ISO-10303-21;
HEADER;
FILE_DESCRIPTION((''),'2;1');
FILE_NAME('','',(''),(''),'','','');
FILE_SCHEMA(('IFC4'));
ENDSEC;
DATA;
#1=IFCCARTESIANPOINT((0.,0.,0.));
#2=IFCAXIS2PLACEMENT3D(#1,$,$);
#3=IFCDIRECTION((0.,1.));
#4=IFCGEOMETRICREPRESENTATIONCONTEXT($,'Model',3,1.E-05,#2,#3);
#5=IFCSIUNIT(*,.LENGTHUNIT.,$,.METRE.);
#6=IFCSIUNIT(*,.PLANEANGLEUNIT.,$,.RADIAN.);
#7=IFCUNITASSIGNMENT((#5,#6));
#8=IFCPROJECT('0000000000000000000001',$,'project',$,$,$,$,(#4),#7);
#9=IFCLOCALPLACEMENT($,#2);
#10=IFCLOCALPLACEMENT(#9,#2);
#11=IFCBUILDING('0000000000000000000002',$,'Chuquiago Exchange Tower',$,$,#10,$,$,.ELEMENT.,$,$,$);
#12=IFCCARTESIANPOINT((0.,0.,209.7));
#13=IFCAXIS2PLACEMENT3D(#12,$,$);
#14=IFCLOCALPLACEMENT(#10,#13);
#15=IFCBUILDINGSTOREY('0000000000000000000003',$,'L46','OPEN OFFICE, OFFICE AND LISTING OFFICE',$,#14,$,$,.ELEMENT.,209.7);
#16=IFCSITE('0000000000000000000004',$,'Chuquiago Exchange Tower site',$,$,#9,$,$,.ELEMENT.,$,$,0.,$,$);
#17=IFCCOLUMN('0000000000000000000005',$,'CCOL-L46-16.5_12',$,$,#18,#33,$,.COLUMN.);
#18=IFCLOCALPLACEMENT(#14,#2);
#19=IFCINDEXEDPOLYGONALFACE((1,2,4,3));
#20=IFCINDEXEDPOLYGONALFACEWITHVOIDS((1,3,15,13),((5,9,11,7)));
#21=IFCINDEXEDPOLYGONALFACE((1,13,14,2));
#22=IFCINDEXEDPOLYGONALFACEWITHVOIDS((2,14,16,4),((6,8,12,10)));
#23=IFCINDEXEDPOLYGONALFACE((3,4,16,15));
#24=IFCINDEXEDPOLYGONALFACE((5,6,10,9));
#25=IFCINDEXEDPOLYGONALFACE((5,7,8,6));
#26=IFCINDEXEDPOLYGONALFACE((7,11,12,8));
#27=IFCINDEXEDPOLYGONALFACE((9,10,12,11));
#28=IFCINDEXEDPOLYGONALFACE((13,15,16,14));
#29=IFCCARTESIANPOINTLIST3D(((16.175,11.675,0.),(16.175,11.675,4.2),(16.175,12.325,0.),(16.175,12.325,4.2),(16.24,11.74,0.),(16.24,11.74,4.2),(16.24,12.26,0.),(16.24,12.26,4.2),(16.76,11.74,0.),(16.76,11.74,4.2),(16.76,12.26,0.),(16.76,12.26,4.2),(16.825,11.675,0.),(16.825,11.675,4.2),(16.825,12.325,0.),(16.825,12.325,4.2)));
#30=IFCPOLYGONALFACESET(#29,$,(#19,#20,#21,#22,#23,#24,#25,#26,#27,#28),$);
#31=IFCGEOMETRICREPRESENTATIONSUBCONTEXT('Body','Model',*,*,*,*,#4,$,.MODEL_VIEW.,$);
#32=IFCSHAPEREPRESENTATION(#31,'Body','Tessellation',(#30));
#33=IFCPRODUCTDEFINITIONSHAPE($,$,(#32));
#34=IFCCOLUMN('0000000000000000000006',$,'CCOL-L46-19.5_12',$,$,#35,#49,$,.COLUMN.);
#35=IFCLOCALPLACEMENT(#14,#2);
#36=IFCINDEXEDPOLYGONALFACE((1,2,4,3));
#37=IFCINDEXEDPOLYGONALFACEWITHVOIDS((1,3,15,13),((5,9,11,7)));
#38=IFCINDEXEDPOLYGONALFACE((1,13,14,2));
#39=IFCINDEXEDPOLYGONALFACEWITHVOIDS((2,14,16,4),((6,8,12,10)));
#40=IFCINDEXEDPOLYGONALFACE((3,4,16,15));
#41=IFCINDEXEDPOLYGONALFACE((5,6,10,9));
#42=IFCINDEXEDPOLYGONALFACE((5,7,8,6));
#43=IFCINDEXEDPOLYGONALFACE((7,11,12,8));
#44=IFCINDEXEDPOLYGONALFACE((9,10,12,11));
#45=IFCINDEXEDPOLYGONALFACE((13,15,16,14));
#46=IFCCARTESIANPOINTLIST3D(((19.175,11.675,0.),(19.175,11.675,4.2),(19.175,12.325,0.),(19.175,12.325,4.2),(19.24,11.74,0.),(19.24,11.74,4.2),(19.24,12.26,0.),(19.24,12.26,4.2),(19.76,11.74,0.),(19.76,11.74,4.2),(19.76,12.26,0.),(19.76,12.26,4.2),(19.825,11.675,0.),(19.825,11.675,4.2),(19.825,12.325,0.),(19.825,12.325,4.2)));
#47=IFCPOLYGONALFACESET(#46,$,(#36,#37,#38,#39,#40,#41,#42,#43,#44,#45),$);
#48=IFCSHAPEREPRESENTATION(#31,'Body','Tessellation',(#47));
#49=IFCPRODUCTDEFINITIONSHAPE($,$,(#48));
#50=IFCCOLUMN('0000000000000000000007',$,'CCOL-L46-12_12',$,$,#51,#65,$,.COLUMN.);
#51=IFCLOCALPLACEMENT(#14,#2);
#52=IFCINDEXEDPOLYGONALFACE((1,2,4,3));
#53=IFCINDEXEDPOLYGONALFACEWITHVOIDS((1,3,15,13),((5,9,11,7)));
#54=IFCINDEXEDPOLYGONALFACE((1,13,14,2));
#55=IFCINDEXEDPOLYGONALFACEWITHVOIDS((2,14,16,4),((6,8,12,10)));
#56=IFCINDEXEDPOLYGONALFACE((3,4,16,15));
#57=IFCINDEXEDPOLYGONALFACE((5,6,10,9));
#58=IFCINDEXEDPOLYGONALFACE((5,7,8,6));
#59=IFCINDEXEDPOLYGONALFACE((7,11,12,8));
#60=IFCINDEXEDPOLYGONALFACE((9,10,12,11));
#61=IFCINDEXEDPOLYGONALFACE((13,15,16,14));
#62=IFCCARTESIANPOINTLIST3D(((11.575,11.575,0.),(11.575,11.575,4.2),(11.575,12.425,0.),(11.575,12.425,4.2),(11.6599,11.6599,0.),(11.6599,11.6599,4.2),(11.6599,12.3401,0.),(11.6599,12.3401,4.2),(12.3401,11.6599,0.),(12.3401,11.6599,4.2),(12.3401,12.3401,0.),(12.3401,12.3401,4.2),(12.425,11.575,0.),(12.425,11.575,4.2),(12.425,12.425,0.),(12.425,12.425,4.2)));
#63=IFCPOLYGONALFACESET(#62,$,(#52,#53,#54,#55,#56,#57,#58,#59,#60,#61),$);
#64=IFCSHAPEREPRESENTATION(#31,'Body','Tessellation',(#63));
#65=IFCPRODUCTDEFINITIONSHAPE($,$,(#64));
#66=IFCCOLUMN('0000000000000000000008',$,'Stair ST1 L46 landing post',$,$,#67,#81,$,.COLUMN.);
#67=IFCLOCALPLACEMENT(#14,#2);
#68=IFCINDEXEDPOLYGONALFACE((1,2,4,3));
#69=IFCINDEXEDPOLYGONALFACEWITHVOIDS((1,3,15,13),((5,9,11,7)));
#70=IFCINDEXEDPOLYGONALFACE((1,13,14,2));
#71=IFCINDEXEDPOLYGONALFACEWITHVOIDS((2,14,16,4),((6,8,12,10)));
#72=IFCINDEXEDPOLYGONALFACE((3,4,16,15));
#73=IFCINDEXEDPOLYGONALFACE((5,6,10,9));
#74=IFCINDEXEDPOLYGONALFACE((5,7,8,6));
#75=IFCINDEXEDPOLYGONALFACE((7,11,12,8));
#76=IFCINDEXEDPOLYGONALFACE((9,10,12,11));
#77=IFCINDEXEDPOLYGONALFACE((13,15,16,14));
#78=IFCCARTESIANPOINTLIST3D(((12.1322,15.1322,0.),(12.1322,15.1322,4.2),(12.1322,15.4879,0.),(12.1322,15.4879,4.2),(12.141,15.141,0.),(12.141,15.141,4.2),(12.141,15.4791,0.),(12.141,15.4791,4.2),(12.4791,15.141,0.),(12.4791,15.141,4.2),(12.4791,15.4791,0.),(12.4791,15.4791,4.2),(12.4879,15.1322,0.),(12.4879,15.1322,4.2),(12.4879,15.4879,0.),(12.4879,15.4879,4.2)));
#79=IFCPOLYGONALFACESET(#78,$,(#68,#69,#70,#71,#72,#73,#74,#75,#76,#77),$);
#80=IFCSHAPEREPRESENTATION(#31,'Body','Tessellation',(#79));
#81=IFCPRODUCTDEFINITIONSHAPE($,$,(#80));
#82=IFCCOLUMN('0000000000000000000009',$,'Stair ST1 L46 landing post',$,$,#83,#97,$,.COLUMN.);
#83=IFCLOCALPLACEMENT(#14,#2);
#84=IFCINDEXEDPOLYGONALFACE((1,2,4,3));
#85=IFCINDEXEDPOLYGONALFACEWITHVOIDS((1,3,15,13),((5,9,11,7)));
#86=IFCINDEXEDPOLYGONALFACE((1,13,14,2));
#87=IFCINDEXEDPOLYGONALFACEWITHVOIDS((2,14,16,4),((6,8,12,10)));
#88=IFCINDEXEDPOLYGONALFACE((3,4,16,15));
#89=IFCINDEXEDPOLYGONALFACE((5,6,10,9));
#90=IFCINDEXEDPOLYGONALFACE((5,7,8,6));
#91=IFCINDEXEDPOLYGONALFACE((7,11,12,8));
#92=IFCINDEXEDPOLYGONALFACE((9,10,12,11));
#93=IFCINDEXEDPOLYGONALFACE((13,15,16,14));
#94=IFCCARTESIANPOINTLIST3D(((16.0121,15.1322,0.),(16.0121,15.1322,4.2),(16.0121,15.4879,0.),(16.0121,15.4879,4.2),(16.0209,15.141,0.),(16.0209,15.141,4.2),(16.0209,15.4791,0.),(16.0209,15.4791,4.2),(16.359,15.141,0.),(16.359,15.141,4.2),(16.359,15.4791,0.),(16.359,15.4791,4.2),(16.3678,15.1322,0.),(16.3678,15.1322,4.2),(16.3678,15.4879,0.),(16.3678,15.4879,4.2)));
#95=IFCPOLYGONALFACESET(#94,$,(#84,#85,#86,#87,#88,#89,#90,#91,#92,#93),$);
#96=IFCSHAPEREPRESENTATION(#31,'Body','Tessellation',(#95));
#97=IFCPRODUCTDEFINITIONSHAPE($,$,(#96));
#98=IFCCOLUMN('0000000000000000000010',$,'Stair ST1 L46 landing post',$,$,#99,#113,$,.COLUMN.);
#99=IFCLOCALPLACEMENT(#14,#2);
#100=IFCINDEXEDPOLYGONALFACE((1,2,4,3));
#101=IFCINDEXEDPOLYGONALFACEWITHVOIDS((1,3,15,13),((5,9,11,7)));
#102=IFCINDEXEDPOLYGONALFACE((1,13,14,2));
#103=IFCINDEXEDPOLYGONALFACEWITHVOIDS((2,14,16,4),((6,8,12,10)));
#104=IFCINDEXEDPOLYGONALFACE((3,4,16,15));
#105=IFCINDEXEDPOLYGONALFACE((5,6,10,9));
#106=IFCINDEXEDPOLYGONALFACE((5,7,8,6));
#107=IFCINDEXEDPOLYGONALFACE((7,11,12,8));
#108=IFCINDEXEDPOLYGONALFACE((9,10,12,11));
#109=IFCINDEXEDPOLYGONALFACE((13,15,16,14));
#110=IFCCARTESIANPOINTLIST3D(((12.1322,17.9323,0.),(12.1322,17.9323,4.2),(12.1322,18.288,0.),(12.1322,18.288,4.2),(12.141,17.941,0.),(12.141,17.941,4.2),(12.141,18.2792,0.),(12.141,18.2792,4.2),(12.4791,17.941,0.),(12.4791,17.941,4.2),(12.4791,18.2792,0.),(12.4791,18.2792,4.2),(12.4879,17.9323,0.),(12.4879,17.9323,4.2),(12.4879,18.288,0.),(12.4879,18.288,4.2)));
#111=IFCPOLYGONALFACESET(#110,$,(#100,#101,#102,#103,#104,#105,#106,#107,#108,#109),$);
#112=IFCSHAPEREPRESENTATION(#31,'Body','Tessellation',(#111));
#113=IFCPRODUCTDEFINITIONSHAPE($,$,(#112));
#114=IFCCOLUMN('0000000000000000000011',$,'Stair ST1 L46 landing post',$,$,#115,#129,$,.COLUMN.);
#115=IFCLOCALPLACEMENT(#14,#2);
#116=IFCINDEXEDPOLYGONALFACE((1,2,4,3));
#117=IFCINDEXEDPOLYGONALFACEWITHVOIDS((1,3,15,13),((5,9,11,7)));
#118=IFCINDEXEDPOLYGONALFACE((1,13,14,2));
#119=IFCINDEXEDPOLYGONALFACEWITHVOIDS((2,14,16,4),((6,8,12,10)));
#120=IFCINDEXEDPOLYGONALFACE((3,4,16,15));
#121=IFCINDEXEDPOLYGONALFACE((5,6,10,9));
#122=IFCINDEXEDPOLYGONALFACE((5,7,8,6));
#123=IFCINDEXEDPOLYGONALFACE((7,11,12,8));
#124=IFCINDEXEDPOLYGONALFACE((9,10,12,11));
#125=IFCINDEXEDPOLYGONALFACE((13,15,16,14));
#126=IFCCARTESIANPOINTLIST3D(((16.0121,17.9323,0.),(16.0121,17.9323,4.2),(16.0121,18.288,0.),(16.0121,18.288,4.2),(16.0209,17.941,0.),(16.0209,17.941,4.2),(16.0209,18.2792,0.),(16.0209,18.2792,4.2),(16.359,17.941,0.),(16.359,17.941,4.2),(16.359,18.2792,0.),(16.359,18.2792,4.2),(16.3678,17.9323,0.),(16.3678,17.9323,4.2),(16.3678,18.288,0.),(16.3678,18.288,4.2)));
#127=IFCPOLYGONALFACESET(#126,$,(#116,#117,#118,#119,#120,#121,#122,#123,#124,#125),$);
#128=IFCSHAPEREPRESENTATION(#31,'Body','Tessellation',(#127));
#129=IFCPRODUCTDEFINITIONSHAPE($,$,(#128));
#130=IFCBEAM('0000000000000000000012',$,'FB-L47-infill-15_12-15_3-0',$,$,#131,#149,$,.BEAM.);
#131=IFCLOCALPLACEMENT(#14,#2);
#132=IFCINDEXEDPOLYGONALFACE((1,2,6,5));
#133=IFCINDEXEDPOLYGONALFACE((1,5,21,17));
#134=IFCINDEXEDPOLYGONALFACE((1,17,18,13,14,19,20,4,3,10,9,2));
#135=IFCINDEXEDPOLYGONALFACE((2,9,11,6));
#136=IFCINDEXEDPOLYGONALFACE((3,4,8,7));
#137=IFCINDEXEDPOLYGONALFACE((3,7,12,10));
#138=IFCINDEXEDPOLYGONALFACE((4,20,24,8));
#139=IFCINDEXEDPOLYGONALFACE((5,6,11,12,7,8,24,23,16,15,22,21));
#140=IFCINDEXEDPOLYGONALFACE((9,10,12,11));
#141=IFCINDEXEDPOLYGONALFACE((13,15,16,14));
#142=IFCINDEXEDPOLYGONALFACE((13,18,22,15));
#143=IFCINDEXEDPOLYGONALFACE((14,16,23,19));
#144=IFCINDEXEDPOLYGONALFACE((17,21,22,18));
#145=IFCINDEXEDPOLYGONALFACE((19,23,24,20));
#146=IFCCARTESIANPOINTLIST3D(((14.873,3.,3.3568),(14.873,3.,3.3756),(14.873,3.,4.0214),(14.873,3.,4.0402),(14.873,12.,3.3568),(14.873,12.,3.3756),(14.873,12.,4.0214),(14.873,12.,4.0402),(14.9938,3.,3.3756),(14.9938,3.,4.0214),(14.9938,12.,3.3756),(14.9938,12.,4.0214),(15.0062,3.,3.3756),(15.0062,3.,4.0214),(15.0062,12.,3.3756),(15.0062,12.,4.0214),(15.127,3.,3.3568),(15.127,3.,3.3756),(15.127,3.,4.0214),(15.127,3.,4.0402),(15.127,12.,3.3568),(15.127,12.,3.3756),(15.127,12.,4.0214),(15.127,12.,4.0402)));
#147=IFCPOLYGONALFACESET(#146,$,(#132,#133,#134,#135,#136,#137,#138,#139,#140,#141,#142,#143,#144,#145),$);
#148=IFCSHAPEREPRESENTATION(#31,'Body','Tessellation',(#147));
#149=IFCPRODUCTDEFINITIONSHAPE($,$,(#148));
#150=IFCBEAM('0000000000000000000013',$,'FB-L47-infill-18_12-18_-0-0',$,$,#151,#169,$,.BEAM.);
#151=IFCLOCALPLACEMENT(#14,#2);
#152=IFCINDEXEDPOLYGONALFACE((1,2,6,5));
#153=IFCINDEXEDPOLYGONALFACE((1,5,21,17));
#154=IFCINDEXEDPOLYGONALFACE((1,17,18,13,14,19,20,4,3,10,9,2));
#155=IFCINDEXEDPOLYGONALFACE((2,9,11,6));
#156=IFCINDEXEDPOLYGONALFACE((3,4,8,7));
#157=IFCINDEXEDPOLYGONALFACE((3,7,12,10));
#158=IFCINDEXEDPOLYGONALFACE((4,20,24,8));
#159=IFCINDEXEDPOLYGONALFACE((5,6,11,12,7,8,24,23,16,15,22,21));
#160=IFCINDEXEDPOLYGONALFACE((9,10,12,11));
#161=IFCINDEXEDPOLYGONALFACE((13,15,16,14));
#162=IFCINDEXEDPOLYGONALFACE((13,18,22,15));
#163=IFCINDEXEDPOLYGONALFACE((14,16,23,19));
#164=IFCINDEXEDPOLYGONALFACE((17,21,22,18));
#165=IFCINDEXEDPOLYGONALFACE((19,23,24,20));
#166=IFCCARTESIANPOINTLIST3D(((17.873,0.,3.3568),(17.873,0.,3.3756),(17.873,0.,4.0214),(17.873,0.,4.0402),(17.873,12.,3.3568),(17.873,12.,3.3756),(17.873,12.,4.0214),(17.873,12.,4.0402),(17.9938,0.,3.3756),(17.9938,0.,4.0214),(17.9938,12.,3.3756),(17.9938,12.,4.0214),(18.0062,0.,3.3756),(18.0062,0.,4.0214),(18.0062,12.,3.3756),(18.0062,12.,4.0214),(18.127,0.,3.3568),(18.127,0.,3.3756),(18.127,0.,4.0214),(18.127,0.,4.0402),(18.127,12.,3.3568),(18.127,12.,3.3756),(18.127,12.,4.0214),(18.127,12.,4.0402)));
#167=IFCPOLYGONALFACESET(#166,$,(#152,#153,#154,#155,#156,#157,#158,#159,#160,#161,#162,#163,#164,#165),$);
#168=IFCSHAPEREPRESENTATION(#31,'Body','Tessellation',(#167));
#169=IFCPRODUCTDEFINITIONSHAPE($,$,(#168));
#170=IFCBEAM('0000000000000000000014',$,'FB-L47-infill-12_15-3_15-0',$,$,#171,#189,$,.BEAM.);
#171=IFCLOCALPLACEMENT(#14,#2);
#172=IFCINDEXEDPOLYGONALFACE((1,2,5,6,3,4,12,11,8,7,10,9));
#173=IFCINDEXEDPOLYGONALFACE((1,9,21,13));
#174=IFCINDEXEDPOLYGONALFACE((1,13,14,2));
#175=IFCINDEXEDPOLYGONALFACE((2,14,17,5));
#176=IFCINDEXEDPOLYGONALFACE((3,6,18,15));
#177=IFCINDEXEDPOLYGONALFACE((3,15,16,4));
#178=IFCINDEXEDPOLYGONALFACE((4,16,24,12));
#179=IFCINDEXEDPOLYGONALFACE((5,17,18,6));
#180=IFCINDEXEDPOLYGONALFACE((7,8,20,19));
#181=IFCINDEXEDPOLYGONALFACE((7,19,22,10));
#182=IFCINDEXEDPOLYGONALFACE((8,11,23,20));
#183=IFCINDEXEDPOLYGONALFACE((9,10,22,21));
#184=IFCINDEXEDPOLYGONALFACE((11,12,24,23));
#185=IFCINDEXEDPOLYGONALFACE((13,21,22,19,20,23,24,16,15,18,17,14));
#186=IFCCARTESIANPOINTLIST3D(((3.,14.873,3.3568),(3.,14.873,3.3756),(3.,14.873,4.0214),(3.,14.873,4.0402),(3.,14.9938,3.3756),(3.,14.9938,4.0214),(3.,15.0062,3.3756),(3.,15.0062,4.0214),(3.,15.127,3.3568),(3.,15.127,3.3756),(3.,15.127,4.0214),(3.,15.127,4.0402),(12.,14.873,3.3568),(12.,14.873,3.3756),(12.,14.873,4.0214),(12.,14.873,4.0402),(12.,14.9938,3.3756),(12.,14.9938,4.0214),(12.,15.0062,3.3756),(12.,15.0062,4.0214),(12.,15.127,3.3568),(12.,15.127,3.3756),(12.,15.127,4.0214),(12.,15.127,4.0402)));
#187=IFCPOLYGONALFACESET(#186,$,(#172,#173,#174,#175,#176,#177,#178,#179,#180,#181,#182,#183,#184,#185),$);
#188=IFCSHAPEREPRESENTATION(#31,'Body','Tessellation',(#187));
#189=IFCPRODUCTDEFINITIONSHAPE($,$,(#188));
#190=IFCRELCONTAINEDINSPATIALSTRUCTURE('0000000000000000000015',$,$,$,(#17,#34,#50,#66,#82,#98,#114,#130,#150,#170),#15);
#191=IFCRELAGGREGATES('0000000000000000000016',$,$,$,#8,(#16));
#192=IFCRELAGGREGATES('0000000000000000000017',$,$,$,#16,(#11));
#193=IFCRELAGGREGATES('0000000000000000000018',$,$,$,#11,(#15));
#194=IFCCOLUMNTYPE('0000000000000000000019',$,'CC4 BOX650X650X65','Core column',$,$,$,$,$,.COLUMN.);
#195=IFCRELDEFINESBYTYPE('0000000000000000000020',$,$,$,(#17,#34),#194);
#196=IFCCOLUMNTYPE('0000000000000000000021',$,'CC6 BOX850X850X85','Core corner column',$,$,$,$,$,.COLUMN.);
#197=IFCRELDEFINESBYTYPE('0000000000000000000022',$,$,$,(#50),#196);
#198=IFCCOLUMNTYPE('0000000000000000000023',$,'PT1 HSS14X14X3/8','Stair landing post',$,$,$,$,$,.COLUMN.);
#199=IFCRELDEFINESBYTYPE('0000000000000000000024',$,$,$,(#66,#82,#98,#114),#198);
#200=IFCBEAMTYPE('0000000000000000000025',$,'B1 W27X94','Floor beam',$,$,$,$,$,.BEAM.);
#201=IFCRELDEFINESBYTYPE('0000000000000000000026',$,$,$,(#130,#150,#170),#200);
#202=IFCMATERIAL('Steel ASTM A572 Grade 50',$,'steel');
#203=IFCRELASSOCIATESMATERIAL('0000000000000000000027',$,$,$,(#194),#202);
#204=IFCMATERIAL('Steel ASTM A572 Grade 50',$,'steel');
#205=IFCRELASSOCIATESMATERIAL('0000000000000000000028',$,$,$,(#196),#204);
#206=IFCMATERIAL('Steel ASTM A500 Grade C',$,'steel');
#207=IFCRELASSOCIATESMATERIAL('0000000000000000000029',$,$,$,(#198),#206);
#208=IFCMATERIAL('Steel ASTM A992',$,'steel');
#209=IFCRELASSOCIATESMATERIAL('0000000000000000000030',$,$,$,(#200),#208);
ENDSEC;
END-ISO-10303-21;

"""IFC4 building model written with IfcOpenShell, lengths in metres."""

from ifc_helpers import new_model, si_unit, direction, frame, origin, origin_2d, place, context, subcontext, project, spatial, hollow_rectangle, i_section, extrude, material, material_profile, profile_set, type_object, element, save


model = new_model("IFC4")

# Units and contexts
model_context = context("Model", 3, precision=1e-05, world=origin(), true_north=direction((0.0, 1.0)))
body_context = subcontext(model_context, "Body", "Model", "MODEL_VIEW")
ifc_project = project(units=[si_unit("LENGTHUNIT", "METRE"), si_unit("PLANEANGLEUNIT", "RADIAN")], contexts=[model_context])

# Site, building, storey
site_placement = place(None, origin())
site = spatial("IfcSite", under=ifc_project, at=site_placement, Name="Chuquiago Exchange Tower site", CompositionType="ELEMENT", RefElevation=0.0)
building_placement = place(site_placement, origin())
building = spatial("IfcBuilding", under=site, at=building_placement, Name="Chuquiago Exchange Tower", CompositionType="ELEMENT")
storey_placement = place(building_placement, frame((0.0, 0.0, 209.7)))
storey = spatial("IfcBuildingStorey", under=building, at=storey_placement, Name="L46", Description="OPEN OFFICE, OFFICE AND LISTING OFFICE", CompositionType="ELEMENT", Elevation=209.7)

# Columns
ifc_material_1 = material(Name="Steel ASTM A572 Grade 50", Category="steel")
ifc_material_profile_1 = material_profile(ifc_material_1, hollow_rectangle(XDim=0.6499, YDim=0.6499, WallThickness=0.0649, at=origin_2d()), Name="BOX650X650X65")
ifc_profile_set_1 = profile_set([ifc_material_profile_1], Name="Steel ASTM A572 Grade 50")
column_type_1 = type_object("IfcColumnType", Name="CC4 BOX650X650X65", Description="Core column", PredefinedType="COLUMN", material=ifc_profile_set_1)
for number, where, z_axis, x_axis, name in (
    (1, (16.5, 12.0, 0.0), (0.0, 0.0, 1.0), (1.0, 0.0, 0.0), "CCOL-L46-16.5_12"),
    (2, (19.5, 12.0, 0.0), (0.0, 0.0, 1.0), (1.0, 0.0, 0.0), "CCOL-L46-19.5_12"),
):
    element("IfcColumn", number, at=place(storey_placement, frame(where, z_axis=z_axis, x_axis=x_axis)), inside=storey, type_object=column_type_1, Name=name, PredefinedType="COLUMN", context=body_context, shape_type="SweptSolid", body=[
        extrude(hollow_rectangle(XDim=0.6499, YDim=0.6499, WallThickness=0.0649, at=origin_2d()), origin(), (0.0, 0.0, 1.0), 4.2),
    ])
ifc_material_2 = material(Name="Steel ASTM A572 Grade 50", Category="steel")
ifc_material_profile_2 = material_profile(ifc_material_2, hollow_rectangle(XDim=0.8501, YDim=0.8501, WallThickness=0.085, at=origin_2d()), Name="BOX850X850X85")
ifc_profile_set_2 = profile_set([ifc_material_profile_2], Name="Steel ASTM A572 Grade 50")
column_type_2 = type_object("IfcColumnType", Name="CC6 BOX850X850X85", Description="Core corner column", PredefinedType="COLUMN", material=ifc_profile_set_2)
column_placement = place(storey_placement, frame((12.0, 12.0, 0.0), z_axis=(0.0, 0.0, 1.0), x_axis=(1.0, 0.0, 0.0)))
element("IfcColumn", 3, at=column_placement, inside=storey, type_object=column_type_2, Name="CCOL-L46-12_12", PredefinedType="COLUMN", context=body_context, shape_type="SweptSolid", body=[
    extrude(hollow_rectangle(XDim=0.8501, YDim=0.8501, WallThickness=0.085, at=origin_2d()), origin(), (0.0, 0.0, 1.0), 4.2),
])
ifc_material_3 = material(Name="Steel ASTM A500 Grade C", Category="steel")
ifc_material_profile_3 = material_profile(ifc_material_3, hollow_rectangle(XDim=0.3557, YDim=0.3557, WallThickness=0.0088, at=origin_2d()), Name="HSS14X14X3/8")
ifc_profile_set_3 = profile_set([ifc_material_profile_3], Name="Steel ASTM A500 Grade C")
column_type_3 = type_object("IfcColumnType", Name="PT1 HSS14X14X3/8", Description="Stair landing post", PredefinedType="COLUMN", material=ifc_profile_set_3)
for number, where, z_axis, x_axis, name in (
    (4, (12.3101, 15.3101, 0.0), (0.0, 0.0, 1.0), (1.0, 0.0, 0.0), "Stair ST1 L46 landing post"),
    (5, (16.1899, 15.3101, 0.0), (0.0, 0.0, 1.0), (1.0, 0.0, 0.0), "Stair ST1 L46 landing post"),
    (6, (12.3101, 18.1101, 0.0), (0.0, 0.0, 1.0), (1.0, 0.0, 0.0), "Stair ST1 L46 landing post"),
    (7, (16.1899, 18.1101, 0.0), (0.0, 0.0, 1.0), (1.0, 0.0, 0.0), "Stair ST1 L46 landing post"),
):
    element("IfcColumn", number, at=place(storey_placement, frame(where, z_axis=z_axis, x_axis=x_axis)), inside=storey, type_object=column_type_3, Name=name, PredefinedType="COLUMN", context=body_context, shape_type="SweptSolid", body=[
        extrude(hollow_rectangle(XDim=0.3557, YDim=0.3557, WallThickness=0.0088, at=origin_2d()), origin(), (0.0, 0.0, 1.0), 4.2),
    ])

# Beams
ifc_material_4 = material(Name="Steel ASTM A992", Category="steel")
ifc_material_profile_4 = material_profile(ifc_material_4, i_section(OverallWidth=0.2539, OverallDepth=0.6833, WebThickness=0.0125, FlangeThickness=0.0188, at=origin_2d()), Name="W27X94")
ifc_profile_set_4 = profile_set([ifc_material_profile_4], Name="Steel ASTM A992")
beam_type_1 = type_object("IfcBeamType", Name="B1 W27X94", Description="Floor beam", PredefinedType="BEAM", material=ifc_profile_set_4)
beam_1_placement = place(storey_placement, frame((15.0, 12.0, 3.6985), z_axis=(0.0, -1.0, 0.0), x_axis=(1.0, 0.0, 0.0)))
element("IfcBeam", 8, at=beam_1_placement, inside=storey, type_object=beam_type_1, Name="FB-L47-infill-15_12-15_3-0", PredefinedType="BEAM", context=body_context, shape_type="SweptSolid", body=[
    extrude(i_section(OverallWidth=0.2539, OverallDepth=0.6833, WebThickness=0.0125, FlangeThickness=0.0188, at=origin_2d()), origin(), (0.0, 0.0, 1.0), 9.0),
])
beam_2_placement = place(storey_placement, frame((18.0, 12.0, 3.6985), z_axis=(0.0, -1.0, 0.0), x_axis=(1.0, 0.0, 0.0)))
element("IfcBeam", 9, at=beam_2_placement, inside=storey, type_object=beam_type_1, Name="FB-L47-infill-18_12-18_-0-0", PredefinedType="BEAM", context=body_context, shape_type="SweptSolid", body=[
    extrude(i_section(OverallWidth=0.2539, OverallDepth=0.6833, WebThickness=0.0125, FlangeThickness=0.0188, at=origin_2d()), origin(), (0.0, 0.0, 1.0), 12.0),
])
beam_3_placement = place(storey_placement, frame((12.0, 15.0, 3.6985), z_axis=(-1.0, 0.0, 0.0), x_axis=(0.0, -1.0, 0.0)))
element("IfcBeam", 10, at=beam_3_placement, inside=storey, type_object=beam_type_1, Name="FB-L47-infill-12_15-3_15-0", PredefinedType="BEAM", context=body_context, shape_type="SweptSolid", body=[
    extrude(i_section(OverallWidth=0.2539, OverallDepth=0.6833, WebThickness=0.0125, FlangeThickness=0.0188, at=origin_2d()), origin(), (0.0, 0.0, 1.0), 9.0),
])

save(model, "model.ifc")
